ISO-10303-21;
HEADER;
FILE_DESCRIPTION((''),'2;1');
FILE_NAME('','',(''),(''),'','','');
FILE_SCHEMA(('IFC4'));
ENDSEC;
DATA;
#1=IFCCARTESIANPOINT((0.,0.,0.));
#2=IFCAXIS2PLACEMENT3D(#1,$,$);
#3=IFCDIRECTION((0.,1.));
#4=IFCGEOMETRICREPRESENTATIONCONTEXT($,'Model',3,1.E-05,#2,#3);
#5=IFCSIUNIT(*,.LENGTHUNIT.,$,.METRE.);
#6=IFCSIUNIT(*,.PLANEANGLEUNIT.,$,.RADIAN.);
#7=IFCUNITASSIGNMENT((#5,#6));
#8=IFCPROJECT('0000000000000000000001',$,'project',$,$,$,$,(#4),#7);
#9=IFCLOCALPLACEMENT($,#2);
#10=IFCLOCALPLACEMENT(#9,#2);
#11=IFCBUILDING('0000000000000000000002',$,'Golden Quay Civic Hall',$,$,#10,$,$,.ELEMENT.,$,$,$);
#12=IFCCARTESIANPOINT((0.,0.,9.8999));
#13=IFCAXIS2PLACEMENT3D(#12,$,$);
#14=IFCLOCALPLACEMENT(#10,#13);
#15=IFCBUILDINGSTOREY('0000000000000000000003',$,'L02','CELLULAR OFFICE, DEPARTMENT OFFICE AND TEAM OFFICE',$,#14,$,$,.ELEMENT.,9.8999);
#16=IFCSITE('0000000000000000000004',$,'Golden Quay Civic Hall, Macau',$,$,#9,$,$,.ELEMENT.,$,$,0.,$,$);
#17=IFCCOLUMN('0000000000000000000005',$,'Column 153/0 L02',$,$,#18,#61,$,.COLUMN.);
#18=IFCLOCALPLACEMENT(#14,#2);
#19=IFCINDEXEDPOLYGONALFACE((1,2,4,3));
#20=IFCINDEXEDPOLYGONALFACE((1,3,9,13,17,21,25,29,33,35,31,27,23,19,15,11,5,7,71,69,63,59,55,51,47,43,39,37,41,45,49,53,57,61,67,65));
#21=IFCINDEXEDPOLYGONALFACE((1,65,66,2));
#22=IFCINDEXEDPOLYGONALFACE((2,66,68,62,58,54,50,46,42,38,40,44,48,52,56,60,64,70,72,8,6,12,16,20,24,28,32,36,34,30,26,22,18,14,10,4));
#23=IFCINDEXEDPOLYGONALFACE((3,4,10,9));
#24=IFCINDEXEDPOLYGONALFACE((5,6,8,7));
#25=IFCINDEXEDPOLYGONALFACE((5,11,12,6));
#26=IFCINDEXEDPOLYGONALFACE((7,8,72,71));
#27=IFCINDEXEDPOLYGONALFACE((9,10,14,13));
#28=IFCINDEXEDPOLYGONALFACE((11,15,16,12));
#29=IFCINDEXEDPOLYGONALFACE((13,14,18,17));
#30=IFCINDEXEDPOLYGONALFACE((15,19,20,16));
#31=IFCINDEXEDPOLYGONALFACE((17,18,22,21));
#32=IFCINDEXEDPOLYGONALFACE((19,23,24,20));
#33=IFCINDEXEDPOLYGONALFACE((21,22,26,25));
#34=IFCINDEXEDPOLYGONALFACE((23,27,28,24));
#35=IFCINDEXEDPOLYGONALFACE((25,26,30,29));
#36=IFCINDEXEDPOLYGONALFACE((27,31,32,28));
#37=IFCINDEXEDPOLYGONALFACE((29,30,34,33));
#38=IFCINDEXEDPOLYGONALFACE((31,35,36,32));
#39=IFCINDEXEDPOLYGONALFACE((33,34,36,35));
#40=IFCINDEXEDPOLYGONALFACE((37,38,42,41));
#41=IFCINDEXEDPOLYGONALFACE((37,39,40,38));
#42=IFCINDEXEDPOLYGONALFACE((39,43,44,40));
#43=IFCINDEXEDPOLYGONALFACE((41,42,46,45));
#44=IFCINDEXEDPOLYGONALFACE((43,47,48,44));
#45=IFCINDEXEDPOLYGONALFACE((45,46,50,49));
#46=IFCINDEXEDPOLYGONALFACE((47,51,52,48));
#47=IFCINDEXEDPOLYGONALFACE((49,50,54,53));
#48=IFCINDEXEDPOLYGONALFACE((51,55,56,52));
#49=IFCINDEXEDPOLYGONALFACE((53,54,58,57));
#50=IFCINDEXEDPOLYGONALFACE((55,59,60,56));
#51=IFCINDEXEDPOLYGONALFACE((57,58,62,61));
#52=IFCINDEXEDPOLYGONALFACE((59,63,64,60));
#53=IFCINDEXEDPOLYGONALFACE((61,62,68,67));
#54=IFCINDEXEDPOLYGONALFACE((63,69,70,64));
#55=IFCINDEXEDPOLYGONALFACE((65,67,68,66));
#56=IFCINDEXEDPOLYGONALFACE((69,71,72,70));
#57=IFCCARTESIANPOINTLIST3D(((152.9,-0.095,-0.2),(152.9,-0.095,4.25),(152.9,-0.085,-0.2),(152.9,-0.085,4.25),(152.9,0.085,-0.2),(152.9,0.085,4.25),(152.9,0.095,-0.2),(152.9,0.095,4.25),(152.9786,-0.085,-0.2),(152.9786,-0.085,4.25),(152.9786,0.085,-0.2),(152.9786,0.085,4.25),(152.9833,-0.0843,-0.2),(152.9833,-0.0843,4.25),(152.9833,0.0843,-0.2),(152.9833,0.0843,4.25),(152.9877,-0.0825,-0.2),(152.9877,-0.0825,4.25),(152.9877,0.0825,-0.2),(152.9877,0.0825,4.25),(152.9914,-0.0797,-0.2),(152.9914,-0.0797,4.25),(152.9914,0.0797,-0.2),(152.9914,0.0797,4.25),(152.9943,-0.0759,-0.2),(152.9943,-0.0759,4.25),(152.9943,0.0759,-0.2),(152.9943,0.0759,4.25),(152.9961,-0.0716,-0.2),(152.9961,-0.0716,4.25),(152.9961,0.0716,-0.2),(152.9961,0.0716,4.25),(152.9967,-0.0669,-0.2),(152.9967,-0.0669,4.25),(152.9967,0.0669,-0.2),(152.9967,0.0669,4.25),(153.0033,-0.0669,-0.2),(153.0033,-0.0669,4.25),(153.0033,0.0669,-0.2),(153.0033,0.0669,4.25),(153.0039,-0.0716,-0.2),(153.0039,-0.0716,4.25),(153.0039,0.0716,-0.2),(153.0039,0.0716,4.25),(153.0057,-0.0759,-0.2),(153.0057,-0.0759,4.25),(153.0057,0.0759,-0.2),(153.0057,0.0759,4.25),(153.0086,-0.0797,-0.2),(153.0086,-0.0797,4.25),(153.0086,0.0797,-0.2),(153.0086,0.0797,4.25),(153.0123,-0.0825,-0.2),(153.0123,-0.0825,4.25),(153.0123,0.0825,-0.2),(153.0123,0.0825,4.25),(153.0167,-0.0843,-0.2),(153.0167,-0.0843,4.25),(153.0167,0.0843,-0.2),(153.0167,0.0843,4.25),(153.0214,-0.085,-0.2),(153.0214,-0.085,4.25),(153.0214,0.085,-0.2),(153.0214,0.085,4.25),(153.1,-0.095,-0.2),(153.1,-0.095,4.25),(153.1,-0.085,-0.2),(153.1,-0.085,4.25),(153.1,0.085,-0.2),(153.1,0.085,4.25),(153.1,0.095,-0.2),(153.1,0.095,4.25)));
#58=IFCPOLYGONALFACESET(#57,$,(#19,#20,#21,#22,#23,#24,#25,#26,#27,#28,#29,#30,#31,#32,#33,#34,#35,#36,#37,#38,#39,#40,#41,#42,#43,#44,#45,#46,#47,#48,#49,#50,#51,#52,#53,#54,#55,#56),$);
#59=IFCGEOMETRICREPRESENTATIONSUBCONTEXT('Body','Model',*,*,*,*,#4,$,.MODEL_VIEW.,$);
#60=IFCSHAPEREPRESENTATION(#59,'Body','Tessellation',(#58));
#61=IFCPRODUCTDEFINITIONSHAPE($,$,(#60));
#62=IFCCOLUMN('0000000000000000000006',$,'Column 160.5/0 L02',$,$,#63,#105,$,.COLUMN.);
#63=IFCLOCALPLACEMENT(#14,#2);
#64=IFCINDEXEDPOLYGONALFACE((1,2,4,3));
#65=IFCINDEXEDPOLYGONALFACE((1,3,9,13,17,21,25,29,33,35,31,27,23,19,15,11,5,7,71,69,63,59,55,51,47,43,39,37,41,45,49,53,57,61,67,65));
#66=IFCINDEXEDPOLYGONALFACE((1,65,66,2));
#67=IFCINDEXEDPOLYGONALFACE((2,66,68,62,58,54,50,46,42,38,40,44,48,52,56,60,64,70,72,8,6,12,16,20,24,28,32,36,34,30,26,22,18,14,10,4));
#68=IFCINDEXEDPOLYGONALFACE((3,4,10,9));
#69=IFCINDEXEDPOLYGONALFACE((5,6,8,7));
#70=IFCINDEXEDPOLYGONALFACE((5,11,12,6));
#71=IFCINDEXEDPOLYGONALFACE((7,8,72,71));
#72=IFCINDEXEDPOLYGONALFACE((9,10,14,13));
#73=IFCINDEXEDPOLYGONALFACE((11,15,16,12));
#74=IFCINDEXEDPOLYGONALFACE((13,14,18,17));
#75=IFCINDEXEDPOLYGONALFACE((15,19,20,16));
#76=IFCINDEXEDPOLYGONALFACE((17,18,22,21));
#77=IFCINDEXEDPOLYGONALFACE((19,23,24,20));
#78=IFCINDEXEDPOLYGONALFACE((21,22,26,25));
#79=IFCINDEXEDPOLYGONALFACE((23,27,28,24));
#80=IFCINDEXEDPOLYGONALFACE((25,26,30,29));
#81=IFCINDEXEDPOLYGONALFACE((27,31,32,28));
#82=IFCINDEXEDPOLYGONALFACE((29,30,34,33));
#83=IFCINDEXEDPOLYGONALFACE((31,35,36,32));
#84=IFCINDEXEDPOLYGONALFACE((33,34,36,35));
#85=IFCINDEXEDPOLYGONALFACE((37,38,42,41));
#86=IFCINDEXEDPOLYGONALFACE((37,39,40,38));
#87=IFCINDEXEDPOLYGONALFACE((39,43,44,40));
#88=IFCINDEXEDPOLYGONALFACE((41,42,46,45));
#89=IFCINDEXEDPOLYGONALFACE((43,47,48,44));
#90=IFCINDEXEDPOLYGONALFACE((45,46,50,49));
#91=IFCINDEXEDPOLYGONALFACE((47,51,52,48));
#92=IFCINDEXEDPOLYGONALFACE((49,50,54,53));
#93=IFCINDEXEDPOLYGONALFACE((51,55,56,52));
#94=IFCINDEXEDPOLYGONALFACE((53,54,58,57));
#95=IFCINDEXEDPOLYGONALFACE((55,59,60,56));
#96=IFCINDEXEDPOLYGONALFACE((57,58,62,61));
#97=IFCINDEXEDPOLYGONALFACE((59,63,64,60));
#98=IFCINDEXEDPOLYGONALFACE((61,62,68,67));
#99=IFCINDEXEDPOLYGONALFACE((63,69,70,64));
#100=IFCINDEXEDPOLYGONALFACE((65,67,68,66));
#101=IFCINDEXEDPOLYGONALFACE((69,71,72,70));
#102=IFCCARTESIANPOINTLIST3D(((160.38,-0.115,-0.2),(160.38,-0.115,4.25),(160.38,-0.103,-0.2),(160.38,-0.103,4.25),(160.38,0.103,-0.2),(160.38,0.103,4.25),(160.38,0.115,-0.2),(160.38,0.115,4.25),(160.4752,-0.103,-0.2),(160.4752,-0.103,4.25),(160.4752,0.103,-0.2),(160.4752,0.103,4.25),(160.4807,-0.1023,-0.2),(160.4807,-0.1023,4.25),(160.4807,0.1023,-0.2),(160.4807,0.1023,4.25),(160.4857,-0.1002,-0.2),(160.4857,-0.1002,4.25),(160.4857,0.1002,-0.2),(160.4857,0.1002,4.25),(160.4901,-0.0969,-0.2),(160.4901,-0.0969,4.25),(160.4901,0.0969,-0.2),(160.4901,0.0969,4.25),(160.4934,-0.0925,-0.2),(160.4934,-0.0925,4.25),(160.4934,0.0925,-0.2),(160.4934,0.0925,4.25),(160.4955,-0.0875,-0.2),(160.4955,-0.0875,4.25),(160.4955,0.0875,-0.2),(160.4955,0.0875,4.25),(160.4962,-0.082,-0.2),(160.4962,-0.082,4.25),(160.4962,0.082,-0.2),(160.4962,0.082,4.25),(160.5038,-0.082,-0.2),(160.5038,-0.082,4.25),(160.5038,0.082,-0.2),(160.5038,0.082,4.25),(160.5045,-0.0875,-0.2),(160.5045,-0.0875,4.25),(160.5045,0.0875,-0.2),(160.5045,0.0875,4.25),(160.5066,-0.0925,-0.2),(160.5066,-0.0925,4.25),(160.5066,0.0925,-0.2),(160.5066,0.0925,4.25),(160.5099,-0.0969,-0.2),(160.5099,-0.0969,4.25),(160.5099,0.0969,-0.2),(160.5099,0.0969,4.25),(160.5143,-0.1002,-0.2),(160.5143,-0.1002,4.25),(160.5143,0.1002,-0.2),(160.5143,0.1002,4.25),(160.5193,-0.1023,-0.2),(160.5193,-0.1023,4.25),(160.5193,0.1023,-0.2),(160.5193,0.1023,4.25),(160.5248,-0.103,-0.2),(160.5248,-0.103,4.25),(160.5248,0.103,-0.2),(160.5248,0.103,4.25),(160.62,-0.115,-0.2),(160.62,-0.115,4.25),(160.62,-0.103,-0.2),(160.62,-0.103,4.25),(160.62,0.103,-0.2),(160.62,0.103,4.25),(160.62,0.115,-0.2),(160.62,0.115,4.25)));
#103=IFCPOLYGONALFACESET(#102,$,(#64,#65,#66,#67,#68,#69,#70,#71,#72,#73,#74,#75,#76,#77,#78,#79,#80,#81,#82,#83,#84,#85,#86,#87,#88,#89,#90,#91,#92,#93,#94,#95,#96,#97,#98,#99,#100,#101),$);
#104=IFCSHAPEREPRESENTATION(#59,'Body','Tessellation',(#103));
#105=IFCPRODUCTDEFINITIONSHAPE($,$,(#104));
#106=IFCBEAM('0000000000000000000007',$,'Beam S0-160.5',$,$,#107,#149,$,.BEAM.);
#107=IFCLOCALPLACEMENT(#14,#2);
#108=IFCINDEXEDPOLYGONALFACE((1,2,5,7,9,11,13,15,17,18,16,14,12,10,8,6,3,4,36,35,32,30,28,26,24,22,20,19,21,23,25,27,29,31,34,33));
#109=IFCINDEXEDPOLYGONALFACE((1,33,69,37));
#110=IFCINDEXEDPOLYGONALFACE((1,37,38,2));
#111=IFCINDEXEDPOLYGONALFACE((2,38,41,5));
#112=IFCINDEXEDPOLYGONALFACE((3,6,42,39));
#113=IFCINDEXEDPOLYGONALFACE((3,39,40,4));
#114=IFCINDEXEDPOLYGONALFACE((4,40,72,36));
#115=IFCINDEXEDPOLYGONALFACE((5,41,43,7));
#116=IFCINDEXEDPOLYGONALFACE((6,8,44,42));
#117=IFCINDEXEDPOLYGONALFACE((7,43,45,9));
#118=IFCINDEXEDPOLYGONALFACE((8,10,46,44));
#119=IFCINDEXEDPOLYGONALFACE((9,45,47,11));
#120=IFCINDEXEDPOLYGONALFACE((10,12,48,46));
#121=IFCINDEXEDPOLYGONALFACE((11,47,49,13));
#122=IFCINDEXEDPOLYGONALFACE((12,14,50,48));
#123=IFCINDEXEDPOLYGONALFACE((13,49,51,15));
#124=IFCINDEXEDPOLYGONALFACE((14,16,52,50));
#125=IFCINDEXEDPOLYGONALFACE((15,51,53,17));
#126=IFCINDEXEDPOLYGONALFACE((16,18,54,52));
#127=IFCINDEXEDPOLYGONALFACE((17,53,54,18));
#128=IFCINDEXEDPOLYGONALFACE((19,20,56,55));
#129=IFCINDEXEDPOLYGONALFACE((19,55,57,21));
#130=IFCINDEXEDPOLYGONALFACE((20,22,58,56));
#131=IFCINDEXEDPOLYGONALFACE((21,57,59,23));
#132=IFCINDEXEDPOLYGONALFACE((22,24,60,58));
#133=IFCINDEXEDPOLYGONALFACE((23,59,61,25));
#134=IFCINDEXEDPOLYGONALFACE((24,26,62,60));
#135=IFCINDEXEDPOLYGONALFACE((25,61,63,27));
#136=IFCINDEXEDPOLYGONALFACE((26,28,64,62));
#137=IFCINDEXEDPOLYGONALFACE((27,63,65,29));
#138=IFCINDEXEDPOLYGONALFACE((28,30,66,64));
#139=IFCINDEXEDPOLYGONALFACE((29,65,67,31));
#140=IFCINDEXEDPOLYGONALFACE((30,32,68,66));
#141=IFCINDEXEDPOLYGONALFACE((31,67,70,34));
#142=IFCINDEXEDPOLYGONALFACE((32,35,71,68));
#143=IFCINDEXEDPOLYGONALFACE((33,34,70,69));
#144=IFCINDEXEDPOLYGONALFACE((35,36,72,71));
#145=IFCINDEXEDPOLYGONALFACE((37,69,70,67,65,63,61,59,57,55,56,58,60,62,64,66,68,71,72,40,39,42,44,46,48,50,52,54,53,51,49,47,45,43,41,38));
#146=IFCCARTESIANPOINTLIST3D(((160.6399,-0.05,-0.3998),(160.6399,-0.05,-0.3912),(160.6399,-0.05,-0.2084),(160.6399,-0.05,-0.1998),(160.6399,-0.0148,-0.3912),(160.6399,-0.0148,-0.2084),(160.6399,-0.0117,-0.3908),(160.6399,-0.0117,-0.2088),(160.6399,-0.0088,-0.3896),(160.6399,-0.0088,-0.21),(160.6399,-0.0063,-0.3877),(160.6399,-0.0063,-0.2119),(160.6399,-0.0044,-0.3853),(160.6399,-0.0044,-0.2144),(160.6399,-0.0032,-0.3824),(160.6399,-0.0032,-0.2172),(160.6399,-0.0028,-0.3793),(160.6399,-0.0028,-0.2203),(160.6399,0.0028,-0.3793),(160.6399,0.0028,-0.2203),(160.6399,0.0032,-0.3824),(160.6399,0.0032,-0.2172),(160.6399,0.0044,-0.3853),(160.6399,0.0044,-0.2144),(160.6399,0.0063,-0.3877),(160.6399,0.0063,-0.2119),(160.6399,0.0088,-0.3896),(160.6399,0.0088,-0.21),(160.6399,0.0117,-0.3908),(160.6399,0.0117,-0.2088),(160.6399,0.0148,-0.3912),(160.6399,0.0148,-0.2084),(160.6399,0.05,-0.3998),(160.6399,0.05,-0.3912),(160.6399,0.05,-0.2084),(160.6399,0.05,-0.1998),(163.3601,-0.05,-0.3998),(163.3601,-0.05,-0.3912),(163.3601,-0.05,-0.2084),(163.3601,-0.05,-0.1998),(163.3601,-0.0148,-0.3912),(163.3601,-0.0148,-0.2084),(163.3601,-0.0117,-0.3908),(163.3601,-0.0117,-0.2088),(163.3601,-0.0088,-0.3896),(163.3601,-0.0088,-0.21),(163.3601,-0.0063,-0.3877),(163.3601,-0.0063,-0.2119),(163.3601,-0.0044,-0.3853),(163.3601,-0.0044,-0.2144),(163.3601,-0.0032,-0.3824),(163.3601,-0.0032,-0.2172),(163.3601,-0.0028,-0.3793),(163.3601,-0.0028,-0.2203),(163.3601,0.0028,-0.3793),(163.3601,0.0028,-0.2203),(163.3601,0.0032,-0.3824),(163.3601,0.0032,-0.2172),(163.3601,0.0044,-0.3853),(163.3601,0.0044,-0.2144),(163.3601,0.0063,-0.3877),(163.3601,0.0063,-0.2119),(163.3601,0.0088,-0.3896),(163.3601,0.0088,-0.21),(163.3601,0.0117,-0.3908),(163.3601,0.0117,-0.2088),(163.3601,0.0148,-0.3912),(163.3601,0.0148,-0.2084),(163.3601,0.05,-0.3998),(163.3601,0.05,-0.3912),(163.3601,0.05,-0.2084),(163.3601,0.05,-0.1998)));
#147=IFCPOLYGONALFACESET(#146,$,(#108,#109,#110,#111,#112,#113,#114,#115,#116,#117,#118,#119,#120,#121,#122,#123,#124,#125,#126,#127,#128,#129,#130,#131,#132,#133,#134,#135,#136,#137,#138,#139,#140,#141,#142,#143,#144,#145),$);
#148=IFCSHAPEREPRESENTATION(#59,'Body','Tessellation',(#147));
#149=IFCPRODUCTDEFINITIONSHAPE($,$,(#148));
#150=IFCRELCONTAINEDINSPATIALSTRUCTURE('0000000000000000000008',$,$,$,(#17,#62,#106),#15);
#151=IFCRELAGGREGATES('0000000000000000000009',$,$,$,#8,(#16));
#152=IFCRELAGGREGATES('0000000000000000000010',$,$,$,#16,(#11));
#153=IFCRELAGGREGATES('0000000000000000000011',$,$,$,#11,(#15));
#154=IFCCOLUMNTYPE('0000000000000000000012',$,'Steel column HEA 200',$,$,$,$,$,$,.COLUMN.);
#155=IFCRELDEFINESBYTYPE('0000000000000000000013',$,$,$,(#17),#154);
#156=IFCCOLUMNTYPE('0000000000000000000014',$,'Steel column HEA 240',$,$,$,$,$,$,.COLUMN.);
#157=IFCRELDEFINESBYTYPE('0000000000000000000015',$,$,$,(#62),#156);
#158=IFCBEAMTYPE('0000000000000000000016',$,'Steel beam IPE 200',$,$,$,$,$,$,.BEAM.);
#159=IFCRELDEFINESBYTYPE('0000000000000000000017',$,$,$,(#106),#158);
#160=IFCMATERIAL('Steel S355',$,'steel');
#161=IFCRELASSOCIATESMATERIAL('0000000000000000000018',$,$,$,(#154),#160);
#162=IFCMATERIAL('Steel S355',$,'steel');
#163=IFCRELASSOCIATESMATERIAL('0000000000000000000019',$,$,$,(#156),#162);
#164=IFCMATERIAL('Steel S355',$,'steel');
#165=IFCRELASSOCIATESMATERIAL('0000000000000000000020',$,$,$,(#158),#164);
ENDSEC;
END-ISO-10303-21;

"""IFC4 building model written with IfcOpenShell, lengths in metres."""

from ifc_helpers import new_model, si_unit, direction, frame, origin, origin_2d, place, context, subcontext, project, spatial, i_section, extrude, material, material_profile, profile_set, type_object, element, save


model = new_model("IFC4")

# Units and contexts
model_context = context("Model", 3, precision=1e-05, world=origin(), true_north=direction((0.0, 1.0)))
body_context = subcontext(model_context, "Body", "Model", "MODEL_VIEW")
ifc_project = project(units=[si_unit("LENGTHUNIT", "METRE"), si_unit("PLANEANGLEUNIT", "RADIAN")], contexts=[model_context])

# Site, building, storey
site_placement = place(None, origin())
site = spatial("IfcSite", under=ifc_project, at=site_placement, Name="Golden Quay Civic Hall, Macau", CompositionType="ELEMENT", RefElevation=0.0)
building_placement = place(site_placement, origin())
building = spatial("IfcBuilding", under=site, at=building_placement, Name="Golden Quay Civic Hall", CompositionType="ELEMENT")
storey_placement = place(building_placement, frame((0.0, 0.0, 9.8999)))
storey = spatial("IfcBuildingStorey", under=building, at=storey_placement, Name="L02", Description="CELLULAR OFFICE, DEPARTMENT OFFICE AND TEAM OFFICE", CompositionType="ELEMENT", Elevation=9.8999)

# Columns
ifc_material_1 = material(Name="Steel S355", Category="steel")
ifc_material_profile_1 = material_profile(ifc_material_1, i_section(OverallWidth=0.2, OverallDepth=0.1899, WebThickness=0.0066, FlangeThickness=0.01, FilletRadius=0.0181, at=origin_2d()), Name="HEA 200")
ifc_profile_set_1 = profile_set([ifc_material_profile_1], Name="Steel S355")
column_type_1 = type_object("IfcColumnType", Name="Steel column HEA 200", PredefinedType="COLUMN", material=ifc_profile_set_1)
column_1_placement = place(storey_placement, frame((153.0, 0.0, -0.2), z_axis=(0.0, 0.0, 1.0), x_axis=(1.0, 0.0, 0.0)))
element("IfcColumn", 1, at=column_1_placement, inside=storey, type_object=column_type_1, Name="Column 153/0 L02", PredefinedType="COLUMN", context=body_context, shape_type="SweptSolid", body=[
    extrude(i_section(OverallWidth=0.2, OverallDepth=0.1899, WebThickness=0.0066, FlangeThickness=0.01, FilletRadius=0.0181, at=origin_2d()), origin(), (0.0, 0.0, 1.0), 4.45),
])
ifc_material_2 = material(Name="Steel S355", Category="steel")
ifc_material_profile_2 = material_profile(ifc_material_2, i_section(OverallWidth=0.24, OverallDepth=0.23, WebThickness=0.0076, FlangeThickness=0.012, FilletRadius=0.021, at=origin_2d()), Name="HEA 240")
ifc_profile_set_2 = profile_set([ifc_material_profile_2], Name="Steel S355")
column_type_2 = type_object("IfcColumnType", Name="Steel column HEA 240", PredefinedType="COLUMN", material=ifc_profile_set_2)
column_2_placement = place(storey_placement, frame((160.5, 0.0, -0.2), z_axis=(0.0, 0.0, 1.0), x_axis=(1.0, 0.0, 0.0)))
element("IfcColumn", 2, at=column_2_placement, inside=storey, type_object=column_type_2, Name="Column 160.5/0 L02", PredefinedType="COLUMN", context=body_context, shape_type="SweptSolid", body=[
    extrude(i_section(OverallWidth=0.24, OverallDepth=0.23, WebThickness=0.0076, FlangeThickness=0.012, FilletRadius=0.021, at=origin_2d()), origin(), (0.0, 0.0, 1.0), 4.45),
])

# Beam
ifc_material_3 = material(Name="Steel S355", Category="steel")
ifc_material_profile_3 = material_profile(ifc_material_3, i_section(OverallWidth=0.1001, OverallDepth=0.2, WebThickness=0.0056, FlangeThickness=0.0085, FilletRadius=0.012, at=origin_2d()), Name="IPE 200")
ifc_profile_set_3 = profile_set([ifc_material_profile_3], Name="Steel S355")
beam_type_1 = type_object("IfcBeamType", Name="Steel beam IPE 200", PredefinedType="BEAM", material=ifc_profile_set_3)
beam_1_placement = place(storey_placement, frame((160.6399, 0.0, -0.2998), z_axis=(1.0, 0.0, 0.0), x_axis=(0.0, 1.0, 0.0)))
element("IfcBeam", 3, at=beam_1_placement, inside=storey, type_object=beam_type_1, Name="Beam S0-160.5", PredefinedType="BEAM", context=body_context, shape_type="SweptSolid", body=[
    extrude(i_section(OverallWidth=0.1001, OverallDepth=0.2, WebThickness=0.0056, FlangeThickness=0.0085, FilletRadius=0.012, at=origin_2d()), origin(), (0.0, 0.0, 1.0), 2.7202),
])

save(model, "model.ifc")
